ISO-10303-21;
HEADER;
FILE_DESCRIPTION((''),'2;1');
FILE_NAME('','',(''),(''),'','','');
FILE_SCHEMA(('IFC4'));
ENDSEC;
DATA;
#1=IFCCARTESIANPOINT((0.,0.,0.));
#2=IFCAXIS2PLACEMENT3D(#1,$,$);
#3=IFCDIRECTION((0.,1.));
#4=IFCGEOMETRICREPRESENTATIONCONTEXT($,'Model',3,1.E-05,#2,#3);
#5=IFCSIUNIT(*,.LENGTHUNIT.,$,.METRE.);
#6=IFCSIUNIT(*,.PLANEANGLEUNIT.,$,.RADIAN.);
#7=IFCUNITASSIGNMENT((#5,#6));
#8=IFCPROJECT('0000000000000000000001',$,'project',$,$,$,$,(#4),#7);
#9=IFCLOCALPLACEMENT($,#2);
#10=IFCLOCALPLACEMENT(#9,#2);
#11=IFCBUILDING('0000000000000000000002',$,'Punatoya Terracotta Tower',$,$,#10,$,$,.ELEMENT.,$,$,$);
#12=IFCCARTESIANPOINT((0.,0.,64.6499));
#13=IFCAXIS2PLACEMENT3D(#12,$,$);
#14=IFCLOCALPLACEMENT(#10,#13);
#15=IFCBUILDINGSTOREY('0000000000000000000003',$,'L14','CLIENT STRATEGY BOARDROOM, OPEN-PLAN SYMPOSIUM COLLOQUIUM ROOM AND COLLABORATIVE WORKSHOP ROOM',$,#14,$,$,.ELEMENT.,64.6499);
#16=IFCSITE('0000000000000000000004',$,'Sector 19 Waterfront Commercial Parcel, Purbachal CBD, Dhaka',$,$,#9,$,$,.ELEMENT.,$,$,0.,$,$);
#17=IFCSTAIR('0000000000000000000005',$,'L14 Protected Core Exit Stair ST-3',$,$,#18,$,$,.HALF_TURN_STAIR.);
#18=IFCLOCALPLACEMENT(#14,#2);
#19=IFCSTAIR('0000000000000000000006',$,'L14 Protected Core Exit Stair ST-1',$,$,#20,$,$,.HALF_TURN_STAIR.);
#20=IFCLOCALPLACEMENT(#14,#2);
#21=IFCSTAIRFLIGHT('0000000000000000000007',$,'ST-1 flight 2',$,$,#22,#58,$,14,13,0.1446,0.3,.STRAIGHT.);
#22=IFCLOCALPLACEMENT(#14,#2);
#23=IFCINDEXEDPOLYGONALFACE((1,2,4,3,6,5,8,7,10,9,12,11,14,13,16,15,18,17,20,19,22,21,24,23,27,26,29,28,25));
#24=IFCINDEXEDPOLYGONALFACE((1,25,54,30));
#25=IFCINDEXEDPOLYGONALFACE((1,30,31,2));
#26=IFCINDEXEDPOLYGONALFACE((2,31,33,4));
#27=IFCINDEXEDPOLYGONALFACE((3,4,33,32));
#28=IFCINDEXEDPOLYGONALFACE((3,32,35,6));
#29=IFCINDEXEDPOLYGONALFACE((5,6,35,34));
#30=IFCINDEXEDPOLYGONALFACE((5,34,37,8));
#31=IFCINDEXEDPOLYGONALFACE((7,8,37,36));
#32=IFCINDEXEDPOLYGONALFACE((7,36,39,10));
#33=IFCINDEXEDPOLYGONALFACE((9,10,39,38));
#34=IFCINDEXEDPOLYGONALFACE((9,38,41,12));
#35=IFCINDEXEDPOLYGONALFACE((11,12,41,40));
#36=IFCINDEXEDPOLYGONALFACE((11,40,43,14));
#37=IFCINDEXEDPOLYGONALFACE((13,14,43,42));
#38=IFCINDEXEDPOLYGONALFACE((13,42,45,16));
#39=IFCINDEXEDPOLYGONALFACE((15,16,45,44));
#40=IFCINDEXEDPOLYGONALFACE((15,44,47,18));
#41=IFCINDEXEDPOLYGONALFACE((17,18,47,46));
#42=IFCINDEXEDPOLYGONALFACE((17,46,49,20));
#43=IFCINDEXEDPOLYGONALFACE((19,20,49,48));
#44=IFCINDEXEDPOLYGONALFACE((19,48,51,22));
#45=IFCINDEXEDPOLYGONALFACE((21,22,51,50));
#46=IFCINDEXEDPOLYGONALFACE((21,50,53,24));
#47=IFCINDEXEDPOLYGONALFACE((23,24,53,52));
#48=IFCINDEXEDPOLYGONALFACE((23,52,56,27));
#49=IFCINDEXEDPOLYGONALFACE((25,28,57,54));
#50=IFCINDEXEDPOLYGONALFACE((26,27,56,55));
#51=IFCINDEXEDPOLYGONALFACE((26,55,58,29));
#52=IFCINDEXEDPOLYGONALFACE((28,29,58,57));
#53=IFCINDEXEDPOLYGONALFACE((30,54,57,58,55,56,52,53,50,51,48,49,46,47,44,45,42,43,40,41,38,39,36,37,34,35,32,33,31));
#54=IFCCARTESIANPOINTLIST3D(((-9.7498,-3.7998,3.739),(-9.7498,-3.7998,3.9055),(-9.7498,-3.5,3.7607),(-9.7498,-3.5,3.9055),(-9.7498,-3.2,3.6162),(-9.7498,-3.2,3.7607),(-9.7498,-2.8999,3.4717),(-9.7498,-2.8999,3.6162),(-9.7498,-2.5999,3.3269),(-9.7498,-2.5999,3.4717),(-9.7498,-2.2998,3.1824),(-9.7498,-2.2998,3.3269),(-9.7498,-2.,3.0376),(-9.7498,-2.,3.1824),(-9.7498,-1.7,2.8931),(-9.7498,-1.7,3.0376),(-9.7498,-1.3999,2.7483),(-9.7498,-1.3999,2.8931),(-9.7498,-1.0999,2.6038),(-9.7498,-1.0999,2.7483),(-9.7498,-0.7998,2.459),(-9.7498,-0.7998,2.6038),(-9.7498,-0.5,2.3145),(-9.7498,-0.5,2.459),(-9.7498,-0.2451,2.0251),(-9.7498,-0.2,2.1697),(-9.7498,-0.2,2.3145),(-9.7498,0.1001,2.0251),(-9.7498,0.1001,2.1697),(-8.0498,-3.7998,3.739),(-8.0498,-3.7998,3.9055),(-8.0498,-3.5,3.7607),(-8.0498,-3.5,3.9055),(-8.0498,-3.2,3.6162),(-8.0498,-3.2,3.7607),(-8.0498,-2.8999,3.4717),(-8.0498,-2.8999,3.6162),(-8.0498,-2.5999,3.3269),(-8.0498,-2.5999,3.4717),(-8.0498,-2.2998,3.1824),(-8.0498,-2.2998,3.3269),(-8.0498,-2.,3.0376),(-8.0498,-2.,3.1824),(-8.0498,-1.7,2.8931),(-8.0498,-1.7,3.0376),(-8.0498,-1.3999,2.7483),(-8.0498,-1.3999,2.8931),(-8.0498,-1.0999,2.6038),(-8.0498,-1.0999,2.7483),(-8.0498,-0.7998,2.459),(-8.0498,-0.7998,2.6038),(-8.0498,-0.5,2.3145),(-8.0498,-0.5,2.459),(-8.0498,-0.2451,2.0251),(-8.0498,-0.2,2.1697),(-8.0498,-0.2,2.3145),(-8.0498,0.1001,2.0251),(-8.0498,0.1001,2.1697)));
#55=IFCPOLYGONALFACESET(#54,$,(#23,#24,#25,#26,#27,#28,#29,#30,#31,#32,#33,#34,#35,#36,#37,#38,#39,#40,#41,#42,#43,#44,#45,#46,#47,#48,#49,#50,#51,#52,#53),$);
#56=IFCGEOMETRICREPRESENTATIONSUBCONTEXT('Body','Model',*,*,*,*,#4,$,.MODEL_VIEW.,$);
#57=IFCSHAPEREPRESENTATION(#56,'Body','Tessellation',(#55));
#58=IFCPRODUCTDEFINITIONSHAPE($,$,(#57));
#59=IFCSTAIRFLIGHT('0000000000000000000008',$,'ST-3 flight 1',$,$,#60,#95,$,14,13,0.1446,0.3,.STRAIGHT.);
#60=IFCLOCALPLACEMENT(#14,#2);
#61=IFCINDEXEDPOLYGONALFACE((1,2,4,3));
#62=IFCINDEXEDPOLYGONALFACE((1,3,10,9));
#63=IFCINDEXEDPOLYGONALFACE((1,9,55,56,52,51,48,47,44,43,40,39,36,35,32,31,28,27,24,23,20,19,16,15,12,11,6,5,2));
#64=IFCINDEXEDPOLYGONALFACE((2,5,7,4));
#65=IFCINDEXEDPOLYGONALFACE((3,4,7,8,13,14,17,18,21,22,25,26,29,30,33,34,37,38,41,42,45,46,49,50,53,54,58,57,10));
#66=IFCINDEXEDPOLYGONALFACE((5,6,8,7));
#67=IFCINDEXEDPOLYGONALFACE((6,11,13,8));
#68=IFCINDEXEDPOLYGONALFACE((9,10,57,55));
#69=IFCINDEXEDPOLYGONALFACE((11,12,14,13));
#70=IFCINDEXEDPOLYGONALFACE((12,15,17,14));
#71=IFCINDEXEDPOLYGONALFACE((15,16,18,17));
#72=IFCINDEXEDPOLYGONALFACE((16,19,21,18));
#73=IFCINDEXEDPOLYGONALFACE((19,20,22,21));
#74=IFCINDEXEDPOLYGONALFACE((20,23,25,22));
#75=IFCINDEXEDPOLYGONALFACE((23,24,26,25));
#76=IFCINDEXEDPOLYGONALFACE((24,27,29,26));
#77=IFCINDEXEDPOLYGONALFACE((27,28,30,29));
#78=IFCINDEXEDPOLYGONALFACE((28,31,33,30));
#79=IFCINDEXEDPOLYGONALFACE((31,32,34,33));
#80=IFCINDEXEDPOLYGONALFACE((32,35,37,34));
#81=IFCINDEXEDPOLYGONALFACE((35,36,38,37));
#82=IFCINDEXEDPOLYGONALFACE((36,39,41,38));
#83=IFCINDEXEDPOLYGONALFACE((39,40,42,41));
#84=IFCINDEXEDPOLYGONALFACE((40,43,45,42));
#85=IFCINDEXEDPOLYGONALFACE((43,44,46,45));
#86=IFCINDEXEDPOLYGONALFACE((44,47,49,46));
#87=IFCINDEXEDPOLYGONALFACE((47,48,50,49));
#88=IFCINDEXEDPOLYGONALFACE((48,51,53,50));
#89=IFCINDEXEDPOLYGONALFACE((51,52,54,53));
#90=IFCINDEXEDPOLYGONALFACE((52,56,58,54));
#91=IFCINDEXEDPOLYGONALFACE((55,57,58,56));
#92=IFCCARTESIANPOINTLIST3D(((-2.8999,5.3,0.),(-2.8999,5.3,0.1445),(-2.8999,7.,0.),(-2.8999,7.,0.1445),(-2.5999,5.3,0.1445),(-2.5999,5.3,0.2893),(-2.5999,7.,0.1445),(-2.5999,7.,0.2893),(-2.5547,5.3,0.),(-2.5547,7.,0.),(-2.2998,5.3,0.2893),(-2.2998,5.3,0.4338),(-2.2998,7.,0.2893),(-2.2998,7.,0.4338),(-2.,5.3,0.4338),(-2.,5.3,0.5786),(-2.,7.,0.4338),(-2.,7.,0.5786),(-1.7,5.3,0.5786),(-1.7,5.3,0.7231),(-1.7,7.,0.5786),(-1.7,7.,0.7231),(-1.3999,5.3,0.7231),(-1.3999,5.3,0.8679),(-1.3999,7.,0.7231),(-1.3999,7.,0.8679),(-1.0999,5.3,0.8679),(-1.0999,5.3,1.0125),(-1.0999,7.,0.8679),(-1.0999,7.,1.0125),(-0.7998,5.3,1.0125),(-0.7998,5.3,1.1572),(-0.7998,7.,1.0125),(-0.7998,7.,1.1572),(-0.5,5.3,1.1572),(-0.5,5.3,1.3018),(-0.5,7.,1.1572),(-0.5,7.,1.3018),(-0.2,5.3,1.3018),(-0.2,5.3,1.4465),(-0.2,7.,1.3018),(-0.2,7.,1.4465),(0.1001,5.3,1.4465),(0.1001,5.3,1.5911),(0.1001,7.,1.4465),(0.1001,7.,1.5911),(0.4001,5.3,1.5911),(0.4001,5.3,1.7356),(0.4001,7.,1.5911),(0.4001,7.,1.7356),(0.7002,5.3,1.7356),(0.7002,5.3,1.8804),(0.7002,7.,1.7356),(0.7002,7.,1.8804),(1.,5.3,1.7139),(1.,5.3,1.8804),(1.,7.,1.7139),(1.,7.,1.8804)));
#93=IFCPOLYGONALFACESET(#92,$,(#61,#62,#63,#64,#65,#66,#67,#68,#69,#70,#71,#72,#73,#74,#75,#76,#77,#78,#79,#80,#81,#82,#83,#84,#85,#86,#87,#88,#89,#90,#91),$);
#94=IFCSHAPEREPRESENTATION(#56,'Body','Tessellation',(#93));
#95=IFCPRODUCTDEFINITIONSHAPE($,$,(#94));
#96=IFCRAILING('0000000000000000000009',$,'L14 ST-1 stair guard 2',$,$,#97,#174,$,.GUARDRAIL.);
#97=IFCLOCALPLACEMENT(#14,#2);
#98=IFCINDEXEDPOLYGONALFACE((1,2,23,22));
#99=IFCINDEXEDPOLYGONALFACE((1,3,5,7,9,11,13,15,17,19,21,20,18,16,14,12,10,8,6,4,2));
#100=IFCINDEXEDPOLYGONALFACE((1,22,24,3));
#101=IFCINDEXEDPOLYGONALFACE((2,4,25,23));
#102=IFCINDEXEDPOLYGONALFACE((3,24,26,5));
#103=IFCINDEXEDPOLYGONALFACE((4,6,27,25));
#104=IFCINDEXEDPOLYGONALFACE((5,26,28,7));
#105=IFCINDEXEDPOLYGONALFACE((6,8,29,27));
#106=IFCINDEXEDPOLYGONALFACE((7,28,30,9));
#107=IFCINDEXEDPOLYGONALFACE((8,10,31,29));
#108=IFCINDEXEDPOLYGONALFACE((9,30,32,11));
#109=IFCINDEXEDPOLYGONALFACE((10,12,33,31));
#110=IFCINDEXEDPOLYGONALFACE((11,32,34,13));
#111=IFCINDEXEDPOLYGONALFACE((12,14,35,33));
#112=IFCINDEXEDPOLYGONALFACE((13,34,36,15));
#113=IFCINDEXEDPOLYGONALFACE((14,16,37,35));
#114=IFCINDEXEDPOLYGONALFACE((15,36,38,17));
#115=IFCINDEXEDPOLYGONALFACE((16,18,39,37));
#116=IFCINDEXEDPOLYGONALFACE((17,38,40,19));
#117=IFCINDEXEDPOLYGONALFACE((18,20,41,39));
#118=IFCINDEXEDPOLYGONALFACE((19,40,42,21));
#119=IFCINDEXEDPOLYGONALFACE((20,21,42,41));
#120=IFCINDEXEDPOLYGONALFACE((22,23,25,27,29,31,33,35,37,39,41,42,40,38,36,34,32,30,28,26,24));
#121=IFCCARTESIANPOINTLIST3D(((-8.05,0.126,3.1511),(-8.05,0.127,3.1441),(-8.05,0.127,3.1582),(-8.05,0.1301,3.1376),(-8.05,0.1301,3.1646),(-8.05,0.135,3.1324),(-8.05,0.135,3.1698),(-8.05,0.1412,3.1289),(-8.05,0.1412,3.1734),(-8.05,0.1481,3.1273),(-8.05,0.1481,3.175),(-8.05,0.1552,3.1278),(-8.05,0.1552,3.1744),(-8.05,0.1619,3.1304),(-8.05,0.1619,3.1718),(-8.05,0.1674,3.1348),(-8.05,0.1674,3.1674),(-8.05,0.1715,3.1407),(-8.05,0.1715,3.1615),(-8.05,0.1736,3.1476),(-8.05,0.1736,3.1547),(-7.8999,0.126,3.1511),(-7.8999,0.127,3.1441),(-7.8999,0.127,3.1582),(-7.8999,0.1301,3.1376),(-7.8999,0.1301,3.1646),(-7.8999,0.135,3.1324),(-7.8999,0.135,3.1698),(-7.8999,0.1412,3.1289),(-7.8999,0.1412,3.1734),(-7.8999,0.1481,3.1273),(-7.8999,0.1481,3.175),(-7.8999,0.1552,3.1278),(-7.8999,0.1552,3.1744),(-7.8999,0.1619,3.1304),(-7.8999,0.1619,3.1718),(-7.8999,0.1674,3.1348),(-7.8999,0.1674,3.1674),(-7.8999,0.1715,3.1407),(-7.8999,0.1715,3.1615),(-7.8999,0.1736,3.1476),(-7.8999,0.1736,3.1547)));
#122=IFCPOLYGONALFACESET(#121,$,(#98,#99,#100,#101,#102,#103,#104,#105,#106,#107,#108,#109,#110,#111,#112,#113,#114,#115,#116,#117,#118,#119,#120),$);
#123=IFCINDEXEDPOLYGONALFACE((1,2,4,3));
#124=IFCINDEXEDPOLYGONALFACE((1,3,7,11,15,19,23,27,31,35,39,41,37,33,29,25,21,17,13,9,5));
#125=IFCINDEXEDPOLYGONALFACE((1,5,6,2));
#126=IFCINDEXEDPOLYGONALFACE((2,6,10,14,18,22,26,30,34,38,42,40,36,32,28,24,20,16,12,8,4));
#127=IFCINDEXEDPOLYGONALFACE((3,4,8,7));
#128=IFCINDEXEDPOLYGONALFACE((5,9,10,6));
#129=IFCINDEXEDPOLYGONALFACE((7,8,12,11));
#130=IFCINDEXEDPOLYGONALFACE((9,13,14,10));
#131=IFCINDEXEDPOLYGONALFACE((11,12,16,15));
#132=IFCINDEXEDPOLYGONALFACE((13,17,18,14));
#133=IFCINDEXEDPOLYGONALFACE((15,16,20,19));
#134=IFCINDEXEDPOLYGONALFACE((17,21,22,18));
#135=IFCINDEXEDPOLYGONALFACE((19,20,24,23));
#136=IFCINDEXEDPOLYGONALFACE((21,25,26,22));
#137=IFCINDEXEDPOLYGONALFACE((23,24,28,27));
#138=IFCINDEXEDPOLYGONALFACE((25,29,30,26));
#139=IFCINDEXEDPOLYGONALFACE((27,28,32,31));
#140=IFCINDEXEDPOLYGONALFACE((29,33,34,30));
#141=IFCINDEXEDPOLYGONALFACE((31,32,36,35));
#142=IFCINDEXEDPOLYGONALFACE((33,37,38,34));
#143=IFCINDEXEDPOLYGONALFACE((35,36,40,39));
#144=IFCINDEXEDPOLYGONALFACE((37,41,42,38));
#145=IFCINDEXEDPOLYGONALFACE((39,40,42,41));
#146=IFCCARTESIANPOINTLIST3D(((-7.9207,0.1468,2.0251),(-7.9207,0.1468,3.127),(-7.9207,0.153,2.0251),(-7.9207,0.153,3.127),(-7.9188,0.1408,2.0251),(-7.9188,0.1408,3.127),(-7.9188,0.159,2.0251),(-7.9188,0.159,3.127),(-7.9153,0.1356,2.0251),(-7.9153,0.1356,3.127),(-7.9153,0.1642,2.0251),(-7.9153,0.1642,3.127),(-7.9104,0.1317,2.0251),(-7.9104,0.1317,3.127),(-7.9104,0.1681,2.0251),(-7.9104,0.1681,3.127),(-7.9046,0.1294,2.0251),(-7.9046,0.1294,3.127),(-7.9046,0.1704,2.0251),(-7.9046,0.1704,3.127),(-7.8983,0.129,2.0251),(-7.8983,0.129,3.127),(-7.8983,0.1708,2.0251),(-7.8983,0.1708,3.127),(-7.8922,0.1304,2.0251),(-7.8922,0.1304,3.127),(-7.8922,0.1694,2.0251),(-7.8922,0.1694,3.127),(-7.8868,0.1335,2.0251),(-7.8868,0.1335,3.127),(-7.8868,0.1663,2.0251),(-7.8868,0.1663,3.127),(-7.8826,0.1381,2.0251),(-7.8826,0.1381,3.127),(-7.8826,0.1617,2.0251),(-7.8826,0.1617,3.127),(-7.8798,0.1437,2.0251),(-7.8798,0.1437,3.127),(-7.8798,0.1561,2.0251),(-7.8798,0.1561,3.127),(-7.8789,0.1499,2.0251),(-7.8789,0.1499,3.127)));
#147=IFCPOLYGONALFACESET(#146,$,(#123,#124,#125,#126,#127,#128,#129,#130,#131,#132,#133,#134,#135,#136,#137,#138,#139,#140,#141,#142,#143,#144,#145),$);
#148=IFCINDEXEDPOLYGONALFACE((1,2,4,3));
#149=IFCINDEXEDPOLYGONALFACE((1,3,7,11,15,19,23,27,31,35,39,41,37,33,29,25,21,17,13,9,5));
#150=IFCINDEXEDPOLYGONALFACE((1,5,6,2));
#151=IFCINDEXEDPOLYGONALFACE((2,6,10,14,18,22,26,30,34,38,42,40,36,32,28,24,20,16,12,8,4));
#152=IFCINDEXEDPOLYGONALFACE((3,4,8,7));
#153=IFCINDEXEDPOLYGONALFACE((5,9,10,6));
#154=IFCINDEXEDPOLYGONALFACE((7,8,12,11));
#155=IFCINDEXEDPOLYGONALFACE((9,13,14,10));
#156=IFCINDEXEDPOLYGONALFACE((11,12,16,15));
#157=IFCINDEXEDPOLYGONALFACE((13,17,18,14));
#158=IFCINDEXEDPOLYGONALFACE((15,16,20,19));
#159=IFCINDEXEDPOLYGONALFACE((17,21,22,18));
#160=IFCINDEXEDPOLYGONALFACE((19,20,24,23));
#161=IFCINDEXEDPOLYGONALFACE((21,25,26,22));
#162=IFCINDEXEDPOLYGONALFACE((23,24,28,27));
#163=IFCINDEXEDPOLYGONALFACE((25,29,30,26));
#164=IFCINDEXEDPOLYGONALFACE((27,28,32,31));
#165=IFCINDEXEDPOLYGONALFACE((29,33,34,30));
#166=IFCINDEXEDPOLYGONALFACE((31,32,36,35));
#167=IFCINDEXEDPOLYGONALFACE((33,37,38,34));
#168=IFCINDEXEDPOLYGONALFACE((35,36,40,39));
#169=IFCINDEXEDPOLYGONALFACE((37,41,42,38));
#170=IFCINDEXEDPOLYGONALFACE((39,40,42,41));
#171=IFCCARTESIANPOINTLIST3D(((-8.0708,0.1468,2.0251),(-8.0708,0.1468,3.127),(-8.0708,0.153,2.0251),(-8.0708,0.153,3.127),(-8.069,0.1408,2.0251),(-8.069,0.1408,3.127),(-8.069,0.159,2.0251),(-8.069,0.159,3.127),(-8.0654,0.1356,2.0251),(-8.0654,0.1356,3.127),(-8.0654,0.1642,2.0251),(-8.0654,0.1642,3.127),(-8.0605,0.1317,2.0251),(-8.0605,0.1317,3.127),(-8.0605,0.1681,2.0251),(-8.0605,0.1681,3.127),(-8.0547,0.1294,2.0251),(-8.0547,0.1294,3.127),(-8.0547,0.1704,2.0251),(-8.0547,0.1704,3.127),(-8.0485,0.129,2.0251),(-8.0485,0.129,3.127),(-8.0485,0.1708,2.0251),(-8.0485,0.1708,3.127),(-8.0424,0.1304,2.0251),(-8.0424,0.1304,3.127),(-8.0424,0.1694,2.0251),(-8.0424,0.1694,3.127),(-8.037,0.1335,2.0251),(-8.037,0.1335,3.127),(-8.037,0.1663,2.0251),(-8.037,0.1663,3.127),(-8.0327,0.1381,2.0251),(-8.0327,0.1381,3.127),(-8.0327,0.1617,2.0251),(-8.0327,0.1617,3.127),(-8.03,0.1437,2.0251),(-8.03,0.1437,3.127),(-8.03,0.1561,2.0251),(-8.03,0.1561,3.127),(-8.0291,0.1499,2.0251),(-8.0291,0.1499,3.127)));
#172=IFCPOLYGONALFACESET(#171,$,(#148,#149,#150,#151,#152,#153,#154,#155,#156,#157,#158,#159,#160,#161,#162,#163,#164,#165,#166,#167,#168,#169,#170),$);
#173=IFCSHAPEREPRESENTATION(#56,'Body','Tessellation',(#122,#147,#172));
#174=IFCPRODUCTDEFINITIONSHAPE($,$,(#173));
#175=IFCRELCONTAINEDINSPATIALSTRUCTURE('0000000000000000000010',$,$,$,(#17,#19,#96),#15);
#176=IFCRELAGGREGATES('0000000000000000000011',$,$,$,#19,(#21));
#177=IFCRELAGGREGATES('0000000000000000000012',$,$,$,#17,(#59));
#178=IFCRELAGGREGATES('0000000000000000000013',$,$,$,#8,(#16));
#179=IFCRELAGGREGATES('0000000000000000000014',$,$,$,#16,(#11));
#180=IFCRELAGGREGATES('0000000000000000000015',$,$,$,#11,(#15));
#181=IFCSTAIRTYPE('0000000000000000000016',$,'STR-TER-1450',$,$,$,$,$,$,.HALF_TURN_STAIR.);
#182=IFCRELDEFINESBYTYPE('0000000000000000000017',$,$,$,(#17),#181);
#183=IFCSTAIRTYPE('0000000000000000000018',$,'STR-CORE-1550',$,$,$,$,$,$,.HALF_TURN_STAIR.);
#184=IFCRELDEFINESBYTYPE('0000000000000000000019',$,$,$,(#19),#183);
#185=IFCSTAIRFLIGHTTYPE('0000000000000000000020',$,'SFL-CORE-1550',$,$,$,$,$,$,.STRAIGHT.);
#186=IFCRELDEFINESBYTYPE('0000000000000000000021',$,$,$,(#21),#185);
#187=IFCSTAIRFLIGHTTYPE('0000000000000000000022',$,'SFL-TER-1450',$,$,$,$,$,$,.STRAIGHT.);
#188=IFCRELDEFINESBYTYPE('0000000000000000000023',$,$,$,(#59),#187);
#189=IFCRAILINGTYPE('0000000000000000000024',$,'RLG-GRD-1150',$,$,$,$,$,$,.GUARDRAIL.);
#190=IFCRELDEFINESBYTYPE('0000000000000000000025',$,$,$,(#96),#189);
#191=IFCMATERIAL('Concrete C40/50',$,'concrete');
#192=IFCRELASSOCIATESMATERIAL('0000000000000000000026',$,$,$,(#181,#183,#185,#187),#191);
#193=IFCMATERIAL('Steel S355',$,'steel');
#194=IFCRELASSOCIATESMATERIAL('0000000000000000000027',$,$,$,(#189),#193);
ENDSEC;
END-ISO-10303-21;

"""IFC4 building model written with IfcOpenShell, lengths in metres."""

from ifc_helpers import new_model, si_unit, direction, frame, origin, origin_2d, place, context, subcontext, project, spatial, polyline, circle, outline, extrude, material, type_object, element, aggregate, save


model = new_model("IFC4")

# Units and contexts
model_context = context("Model", 3, precision=1e-05, world=origin(), true_north=direction((0.0, 1.0)))
body_context = subcontext(model_context, "Body", "Model", "MODEL_VIEW")
ifc_project = project(units=[si_unit("LENGTHUNIT", "METRE"), si_unit("PLANEANGLEUNIT", "RADIAN")], contexts=[model_context])

# Site, building, storey
site_placement = place(None, origin())
site = spatial("IfcSite", under=ifc_project, at=site_placement, Name="Sector 19 Waterfront Commercial Parcel, Purbachal CBD, Dhaka", CompositionType="ELEMENT", RefElevation=0.0)
building_placement = place(site_placement, origin())
building = spatial("IfcBuilding", under=site, at=building_placement, Name="Punatoya Terracotta Tower", CompositionType="ELEMENT")
storey_placement = place(building_placement, frame((0.0, 0.0, 64.6499)))
storey = spatial("IfcBuildingStorey", under=building, at=storey_placement, Name="L14", Description="CLIENT STRATEGY BOARDROOM, OPEN-PLAN SYMPOSIUM COLLOQUIUM ROOM AND COLLABORATIVE WORKSHOP ROOM", CompositionType="ELEMENT", Elevation=64.6499)

# Shared definitions
ifc_material_1 = material(Name="Steel S355", Category="steel")

# Stairs
ifc_material_2 = material(Name="Concrete C40/50", Category="concrete")
stair_type_1 = type_object("IfcStairType", Name="STR-TER-1450", PredefinedType="HALF_TURN_STAIR", material=ifc_material_2)
stair_1_placement = place(storey_placement, origin())
stair_1 = element("IfcStair", 1, at=stair_1_placement, inside=storey, type_object=stair_type_1, Name="L14 Protected Core Exit Stair ST-3", PredefinedType="HALF_TURN_STAIR")
stair_type_2 = type_object("IfcStairType", Name="STR-CORE-1550", PredefinedType="HALF_TURN_STAIR", material=ifc_material_2)
stair_2_placement = place(storey_placement, origin())
stair_2 = element("IfcStair", 2, at=stair_2_placement, inside=storey, type_object=stair_type_2, Name="L14 Protected Core Exit Stair ST-1", PredefinedType="HALF_TURN_STAIR")

# Stair flights
stair_flight_type_1 = type_object("IfcStairFlightType", Name="SFL-CORE-1550", PredefinedType="STRAIGHT", material=ifc_material_2)
stair_flight_1_placement = place(storey_placement, frame((-8.8999, 0.1001, 2.0251), z_axis=(0.0, 0.0, 1.0), x_axis=(0.0, -1.0, 0.0)))
stair_flight_1 = element("IfcStairFlight", 3, at=stair_flight_1_placement, type_object=stair_flight_type_1, Name="ST-1 flight 2", NumberOfRisers=14, NumberOfTreads=13, PredefinedType="STRAIGHT", RiserHeight=0.1446, TreadLength=0.3, context=body_context, shape_type="SweptSolid", body=[
    extrude(outline(polyline([(0.0, 0.0), (0.0, 0.1445), (0.3, 0.1445), (0.3, 0.2893), (0.6001, 0.2893), (0.6001, 0.4338), (0.8999, 0.4338), (0.8999, 0.5786), (1.2, 0.5786), (1.2, 0.7231), (1.5, 0.7231), (1.5, 0.8679), (1.8, 0.8679), (1.8, 1.0125), (2.1001, 1.0125), (2.1001, 1.1572), (2.3999, 1.1572), (2.3999, 1.3018), (2.7, 1.3018), (2.7, 1.4465), (3.0, 1.4465), (3.0, 1.5911), (3.3, 1.5911), (3.3, 1.7356), (3.6001, 1.7356), (3.6001, 1.8804), (3.8999, 1.8804), (3.8999, 2.0249), (3.8999, 1.7139), (0.3452, 0.0), (0.0, 0.0)])), frame((0.0, 0.8501, 0.0), z_axis=(0.0, -1.0, 0.0), x_axis=(1.0, 0.0, 0.0)), (0.0, 0.0, 1.0), 1.7),
])
aggregate(stair_2, [stair_flight_1])
stair_flight_type_2 = type_object("IfcStairFlightType", Name="SFL-TER-1450", PredefinedType="STRAIGHT", material=ifc_material_2)
stair_flight_2_placement = place(storey_placement, frame((-2.8999, 6.1499, 0.0), z_axis=(0.0, 0.0, 1.0), x_axis=(1.0, 0.0, 0.0)))
stair_flight_2 = element("IfcStairFlight", 4, at=stair_flight_2_placement, type_object=stair_flight_type_2, Name="ST-3 flight 1", NumberOfRisers=14, NumberOfTreads=13, PredefinedType="STRAIGHT", RiserHeight=0.1446, TreadLength=0.3, context=body_context, shape_type="SweptSolid", body=[
    extrude(outline(polyline([(0.0, 0.0), (0.0, 0.1445), (0.3, 0.1445), (0.3, 0.2893), (0.6001, 0.2893), (0.6001, 0.4338), (0.8999, 0.4338), (0.8999, 0.5786), (1.2, 0.5786), (1.2, 0.7231), (1.5, 0.7231), (1.5, 0.8679), (1.8, 0.8679), (1.8, 1.0125), (2.1001, 1.0125), (2.1001, 1.1572), (2.3999, 1.1572), (2.3999, 1.3018), (2.7, 1.3018), (2.7, 1.4465), (3.0, 1.4465), (3.0, 1.5911), (3.3, 1.5911), (3.3, 1.7356), (3.6001, 1.7356), (3.6001, 1.8804), (3.8999, 1.8804), (3.8999, 2.0249), (3.8999, 1.7139), (0.3452, 0.0), (0.0, 0.0)])), frame((0.0, 0.8501, 0.0), z_axis=(0.0, -1.0, 0.0), x_axis=(1.0, 0.0, 0.0)), (0.0, 0.0, 1.0), 1.7),
])
aggregate(stair_1, [stair_flight_2])

# Railing
railing_type_1 = type_object("IfcRailingType", Name="RLG-GRD-1150", PredefinedType="GUARDRAIL", material=ifc_material_1)
railing_1_placement = place(storey_placement, frame((-7.8999, 0.1499, 2.0251)))
element("IfcRailing", 5, at=railing_1_placement, inside=storey, type_object=railing_type_1, Name="L14 ST-1 stair guard 2", PredefinedType="GUARDRAIL", context=body_context, shape_type="SweptSolid", body=[
    extrude(circle(Radius=0.0239, at=origin_2d()), frame((0.0, 0.0, 1.126), z_axis=(-1.0, 0.0, 0.0), x_axis=(0.0, -1.0, 0.0)), (0.0, 0.0, 1.0), 0.1501),
    extrude(circle(Radius=0.021, at=origin_2d()), origin(), (0.0, 0.0, 1.0), 1.1018),
    extrude(circle(Radius=0.021, at=origin_2d()), frame((-0.1501, 0.0, 0.0)), (0.0, 0.0, 1.0), 1.1018),
])

save(model, "model.ifc")
